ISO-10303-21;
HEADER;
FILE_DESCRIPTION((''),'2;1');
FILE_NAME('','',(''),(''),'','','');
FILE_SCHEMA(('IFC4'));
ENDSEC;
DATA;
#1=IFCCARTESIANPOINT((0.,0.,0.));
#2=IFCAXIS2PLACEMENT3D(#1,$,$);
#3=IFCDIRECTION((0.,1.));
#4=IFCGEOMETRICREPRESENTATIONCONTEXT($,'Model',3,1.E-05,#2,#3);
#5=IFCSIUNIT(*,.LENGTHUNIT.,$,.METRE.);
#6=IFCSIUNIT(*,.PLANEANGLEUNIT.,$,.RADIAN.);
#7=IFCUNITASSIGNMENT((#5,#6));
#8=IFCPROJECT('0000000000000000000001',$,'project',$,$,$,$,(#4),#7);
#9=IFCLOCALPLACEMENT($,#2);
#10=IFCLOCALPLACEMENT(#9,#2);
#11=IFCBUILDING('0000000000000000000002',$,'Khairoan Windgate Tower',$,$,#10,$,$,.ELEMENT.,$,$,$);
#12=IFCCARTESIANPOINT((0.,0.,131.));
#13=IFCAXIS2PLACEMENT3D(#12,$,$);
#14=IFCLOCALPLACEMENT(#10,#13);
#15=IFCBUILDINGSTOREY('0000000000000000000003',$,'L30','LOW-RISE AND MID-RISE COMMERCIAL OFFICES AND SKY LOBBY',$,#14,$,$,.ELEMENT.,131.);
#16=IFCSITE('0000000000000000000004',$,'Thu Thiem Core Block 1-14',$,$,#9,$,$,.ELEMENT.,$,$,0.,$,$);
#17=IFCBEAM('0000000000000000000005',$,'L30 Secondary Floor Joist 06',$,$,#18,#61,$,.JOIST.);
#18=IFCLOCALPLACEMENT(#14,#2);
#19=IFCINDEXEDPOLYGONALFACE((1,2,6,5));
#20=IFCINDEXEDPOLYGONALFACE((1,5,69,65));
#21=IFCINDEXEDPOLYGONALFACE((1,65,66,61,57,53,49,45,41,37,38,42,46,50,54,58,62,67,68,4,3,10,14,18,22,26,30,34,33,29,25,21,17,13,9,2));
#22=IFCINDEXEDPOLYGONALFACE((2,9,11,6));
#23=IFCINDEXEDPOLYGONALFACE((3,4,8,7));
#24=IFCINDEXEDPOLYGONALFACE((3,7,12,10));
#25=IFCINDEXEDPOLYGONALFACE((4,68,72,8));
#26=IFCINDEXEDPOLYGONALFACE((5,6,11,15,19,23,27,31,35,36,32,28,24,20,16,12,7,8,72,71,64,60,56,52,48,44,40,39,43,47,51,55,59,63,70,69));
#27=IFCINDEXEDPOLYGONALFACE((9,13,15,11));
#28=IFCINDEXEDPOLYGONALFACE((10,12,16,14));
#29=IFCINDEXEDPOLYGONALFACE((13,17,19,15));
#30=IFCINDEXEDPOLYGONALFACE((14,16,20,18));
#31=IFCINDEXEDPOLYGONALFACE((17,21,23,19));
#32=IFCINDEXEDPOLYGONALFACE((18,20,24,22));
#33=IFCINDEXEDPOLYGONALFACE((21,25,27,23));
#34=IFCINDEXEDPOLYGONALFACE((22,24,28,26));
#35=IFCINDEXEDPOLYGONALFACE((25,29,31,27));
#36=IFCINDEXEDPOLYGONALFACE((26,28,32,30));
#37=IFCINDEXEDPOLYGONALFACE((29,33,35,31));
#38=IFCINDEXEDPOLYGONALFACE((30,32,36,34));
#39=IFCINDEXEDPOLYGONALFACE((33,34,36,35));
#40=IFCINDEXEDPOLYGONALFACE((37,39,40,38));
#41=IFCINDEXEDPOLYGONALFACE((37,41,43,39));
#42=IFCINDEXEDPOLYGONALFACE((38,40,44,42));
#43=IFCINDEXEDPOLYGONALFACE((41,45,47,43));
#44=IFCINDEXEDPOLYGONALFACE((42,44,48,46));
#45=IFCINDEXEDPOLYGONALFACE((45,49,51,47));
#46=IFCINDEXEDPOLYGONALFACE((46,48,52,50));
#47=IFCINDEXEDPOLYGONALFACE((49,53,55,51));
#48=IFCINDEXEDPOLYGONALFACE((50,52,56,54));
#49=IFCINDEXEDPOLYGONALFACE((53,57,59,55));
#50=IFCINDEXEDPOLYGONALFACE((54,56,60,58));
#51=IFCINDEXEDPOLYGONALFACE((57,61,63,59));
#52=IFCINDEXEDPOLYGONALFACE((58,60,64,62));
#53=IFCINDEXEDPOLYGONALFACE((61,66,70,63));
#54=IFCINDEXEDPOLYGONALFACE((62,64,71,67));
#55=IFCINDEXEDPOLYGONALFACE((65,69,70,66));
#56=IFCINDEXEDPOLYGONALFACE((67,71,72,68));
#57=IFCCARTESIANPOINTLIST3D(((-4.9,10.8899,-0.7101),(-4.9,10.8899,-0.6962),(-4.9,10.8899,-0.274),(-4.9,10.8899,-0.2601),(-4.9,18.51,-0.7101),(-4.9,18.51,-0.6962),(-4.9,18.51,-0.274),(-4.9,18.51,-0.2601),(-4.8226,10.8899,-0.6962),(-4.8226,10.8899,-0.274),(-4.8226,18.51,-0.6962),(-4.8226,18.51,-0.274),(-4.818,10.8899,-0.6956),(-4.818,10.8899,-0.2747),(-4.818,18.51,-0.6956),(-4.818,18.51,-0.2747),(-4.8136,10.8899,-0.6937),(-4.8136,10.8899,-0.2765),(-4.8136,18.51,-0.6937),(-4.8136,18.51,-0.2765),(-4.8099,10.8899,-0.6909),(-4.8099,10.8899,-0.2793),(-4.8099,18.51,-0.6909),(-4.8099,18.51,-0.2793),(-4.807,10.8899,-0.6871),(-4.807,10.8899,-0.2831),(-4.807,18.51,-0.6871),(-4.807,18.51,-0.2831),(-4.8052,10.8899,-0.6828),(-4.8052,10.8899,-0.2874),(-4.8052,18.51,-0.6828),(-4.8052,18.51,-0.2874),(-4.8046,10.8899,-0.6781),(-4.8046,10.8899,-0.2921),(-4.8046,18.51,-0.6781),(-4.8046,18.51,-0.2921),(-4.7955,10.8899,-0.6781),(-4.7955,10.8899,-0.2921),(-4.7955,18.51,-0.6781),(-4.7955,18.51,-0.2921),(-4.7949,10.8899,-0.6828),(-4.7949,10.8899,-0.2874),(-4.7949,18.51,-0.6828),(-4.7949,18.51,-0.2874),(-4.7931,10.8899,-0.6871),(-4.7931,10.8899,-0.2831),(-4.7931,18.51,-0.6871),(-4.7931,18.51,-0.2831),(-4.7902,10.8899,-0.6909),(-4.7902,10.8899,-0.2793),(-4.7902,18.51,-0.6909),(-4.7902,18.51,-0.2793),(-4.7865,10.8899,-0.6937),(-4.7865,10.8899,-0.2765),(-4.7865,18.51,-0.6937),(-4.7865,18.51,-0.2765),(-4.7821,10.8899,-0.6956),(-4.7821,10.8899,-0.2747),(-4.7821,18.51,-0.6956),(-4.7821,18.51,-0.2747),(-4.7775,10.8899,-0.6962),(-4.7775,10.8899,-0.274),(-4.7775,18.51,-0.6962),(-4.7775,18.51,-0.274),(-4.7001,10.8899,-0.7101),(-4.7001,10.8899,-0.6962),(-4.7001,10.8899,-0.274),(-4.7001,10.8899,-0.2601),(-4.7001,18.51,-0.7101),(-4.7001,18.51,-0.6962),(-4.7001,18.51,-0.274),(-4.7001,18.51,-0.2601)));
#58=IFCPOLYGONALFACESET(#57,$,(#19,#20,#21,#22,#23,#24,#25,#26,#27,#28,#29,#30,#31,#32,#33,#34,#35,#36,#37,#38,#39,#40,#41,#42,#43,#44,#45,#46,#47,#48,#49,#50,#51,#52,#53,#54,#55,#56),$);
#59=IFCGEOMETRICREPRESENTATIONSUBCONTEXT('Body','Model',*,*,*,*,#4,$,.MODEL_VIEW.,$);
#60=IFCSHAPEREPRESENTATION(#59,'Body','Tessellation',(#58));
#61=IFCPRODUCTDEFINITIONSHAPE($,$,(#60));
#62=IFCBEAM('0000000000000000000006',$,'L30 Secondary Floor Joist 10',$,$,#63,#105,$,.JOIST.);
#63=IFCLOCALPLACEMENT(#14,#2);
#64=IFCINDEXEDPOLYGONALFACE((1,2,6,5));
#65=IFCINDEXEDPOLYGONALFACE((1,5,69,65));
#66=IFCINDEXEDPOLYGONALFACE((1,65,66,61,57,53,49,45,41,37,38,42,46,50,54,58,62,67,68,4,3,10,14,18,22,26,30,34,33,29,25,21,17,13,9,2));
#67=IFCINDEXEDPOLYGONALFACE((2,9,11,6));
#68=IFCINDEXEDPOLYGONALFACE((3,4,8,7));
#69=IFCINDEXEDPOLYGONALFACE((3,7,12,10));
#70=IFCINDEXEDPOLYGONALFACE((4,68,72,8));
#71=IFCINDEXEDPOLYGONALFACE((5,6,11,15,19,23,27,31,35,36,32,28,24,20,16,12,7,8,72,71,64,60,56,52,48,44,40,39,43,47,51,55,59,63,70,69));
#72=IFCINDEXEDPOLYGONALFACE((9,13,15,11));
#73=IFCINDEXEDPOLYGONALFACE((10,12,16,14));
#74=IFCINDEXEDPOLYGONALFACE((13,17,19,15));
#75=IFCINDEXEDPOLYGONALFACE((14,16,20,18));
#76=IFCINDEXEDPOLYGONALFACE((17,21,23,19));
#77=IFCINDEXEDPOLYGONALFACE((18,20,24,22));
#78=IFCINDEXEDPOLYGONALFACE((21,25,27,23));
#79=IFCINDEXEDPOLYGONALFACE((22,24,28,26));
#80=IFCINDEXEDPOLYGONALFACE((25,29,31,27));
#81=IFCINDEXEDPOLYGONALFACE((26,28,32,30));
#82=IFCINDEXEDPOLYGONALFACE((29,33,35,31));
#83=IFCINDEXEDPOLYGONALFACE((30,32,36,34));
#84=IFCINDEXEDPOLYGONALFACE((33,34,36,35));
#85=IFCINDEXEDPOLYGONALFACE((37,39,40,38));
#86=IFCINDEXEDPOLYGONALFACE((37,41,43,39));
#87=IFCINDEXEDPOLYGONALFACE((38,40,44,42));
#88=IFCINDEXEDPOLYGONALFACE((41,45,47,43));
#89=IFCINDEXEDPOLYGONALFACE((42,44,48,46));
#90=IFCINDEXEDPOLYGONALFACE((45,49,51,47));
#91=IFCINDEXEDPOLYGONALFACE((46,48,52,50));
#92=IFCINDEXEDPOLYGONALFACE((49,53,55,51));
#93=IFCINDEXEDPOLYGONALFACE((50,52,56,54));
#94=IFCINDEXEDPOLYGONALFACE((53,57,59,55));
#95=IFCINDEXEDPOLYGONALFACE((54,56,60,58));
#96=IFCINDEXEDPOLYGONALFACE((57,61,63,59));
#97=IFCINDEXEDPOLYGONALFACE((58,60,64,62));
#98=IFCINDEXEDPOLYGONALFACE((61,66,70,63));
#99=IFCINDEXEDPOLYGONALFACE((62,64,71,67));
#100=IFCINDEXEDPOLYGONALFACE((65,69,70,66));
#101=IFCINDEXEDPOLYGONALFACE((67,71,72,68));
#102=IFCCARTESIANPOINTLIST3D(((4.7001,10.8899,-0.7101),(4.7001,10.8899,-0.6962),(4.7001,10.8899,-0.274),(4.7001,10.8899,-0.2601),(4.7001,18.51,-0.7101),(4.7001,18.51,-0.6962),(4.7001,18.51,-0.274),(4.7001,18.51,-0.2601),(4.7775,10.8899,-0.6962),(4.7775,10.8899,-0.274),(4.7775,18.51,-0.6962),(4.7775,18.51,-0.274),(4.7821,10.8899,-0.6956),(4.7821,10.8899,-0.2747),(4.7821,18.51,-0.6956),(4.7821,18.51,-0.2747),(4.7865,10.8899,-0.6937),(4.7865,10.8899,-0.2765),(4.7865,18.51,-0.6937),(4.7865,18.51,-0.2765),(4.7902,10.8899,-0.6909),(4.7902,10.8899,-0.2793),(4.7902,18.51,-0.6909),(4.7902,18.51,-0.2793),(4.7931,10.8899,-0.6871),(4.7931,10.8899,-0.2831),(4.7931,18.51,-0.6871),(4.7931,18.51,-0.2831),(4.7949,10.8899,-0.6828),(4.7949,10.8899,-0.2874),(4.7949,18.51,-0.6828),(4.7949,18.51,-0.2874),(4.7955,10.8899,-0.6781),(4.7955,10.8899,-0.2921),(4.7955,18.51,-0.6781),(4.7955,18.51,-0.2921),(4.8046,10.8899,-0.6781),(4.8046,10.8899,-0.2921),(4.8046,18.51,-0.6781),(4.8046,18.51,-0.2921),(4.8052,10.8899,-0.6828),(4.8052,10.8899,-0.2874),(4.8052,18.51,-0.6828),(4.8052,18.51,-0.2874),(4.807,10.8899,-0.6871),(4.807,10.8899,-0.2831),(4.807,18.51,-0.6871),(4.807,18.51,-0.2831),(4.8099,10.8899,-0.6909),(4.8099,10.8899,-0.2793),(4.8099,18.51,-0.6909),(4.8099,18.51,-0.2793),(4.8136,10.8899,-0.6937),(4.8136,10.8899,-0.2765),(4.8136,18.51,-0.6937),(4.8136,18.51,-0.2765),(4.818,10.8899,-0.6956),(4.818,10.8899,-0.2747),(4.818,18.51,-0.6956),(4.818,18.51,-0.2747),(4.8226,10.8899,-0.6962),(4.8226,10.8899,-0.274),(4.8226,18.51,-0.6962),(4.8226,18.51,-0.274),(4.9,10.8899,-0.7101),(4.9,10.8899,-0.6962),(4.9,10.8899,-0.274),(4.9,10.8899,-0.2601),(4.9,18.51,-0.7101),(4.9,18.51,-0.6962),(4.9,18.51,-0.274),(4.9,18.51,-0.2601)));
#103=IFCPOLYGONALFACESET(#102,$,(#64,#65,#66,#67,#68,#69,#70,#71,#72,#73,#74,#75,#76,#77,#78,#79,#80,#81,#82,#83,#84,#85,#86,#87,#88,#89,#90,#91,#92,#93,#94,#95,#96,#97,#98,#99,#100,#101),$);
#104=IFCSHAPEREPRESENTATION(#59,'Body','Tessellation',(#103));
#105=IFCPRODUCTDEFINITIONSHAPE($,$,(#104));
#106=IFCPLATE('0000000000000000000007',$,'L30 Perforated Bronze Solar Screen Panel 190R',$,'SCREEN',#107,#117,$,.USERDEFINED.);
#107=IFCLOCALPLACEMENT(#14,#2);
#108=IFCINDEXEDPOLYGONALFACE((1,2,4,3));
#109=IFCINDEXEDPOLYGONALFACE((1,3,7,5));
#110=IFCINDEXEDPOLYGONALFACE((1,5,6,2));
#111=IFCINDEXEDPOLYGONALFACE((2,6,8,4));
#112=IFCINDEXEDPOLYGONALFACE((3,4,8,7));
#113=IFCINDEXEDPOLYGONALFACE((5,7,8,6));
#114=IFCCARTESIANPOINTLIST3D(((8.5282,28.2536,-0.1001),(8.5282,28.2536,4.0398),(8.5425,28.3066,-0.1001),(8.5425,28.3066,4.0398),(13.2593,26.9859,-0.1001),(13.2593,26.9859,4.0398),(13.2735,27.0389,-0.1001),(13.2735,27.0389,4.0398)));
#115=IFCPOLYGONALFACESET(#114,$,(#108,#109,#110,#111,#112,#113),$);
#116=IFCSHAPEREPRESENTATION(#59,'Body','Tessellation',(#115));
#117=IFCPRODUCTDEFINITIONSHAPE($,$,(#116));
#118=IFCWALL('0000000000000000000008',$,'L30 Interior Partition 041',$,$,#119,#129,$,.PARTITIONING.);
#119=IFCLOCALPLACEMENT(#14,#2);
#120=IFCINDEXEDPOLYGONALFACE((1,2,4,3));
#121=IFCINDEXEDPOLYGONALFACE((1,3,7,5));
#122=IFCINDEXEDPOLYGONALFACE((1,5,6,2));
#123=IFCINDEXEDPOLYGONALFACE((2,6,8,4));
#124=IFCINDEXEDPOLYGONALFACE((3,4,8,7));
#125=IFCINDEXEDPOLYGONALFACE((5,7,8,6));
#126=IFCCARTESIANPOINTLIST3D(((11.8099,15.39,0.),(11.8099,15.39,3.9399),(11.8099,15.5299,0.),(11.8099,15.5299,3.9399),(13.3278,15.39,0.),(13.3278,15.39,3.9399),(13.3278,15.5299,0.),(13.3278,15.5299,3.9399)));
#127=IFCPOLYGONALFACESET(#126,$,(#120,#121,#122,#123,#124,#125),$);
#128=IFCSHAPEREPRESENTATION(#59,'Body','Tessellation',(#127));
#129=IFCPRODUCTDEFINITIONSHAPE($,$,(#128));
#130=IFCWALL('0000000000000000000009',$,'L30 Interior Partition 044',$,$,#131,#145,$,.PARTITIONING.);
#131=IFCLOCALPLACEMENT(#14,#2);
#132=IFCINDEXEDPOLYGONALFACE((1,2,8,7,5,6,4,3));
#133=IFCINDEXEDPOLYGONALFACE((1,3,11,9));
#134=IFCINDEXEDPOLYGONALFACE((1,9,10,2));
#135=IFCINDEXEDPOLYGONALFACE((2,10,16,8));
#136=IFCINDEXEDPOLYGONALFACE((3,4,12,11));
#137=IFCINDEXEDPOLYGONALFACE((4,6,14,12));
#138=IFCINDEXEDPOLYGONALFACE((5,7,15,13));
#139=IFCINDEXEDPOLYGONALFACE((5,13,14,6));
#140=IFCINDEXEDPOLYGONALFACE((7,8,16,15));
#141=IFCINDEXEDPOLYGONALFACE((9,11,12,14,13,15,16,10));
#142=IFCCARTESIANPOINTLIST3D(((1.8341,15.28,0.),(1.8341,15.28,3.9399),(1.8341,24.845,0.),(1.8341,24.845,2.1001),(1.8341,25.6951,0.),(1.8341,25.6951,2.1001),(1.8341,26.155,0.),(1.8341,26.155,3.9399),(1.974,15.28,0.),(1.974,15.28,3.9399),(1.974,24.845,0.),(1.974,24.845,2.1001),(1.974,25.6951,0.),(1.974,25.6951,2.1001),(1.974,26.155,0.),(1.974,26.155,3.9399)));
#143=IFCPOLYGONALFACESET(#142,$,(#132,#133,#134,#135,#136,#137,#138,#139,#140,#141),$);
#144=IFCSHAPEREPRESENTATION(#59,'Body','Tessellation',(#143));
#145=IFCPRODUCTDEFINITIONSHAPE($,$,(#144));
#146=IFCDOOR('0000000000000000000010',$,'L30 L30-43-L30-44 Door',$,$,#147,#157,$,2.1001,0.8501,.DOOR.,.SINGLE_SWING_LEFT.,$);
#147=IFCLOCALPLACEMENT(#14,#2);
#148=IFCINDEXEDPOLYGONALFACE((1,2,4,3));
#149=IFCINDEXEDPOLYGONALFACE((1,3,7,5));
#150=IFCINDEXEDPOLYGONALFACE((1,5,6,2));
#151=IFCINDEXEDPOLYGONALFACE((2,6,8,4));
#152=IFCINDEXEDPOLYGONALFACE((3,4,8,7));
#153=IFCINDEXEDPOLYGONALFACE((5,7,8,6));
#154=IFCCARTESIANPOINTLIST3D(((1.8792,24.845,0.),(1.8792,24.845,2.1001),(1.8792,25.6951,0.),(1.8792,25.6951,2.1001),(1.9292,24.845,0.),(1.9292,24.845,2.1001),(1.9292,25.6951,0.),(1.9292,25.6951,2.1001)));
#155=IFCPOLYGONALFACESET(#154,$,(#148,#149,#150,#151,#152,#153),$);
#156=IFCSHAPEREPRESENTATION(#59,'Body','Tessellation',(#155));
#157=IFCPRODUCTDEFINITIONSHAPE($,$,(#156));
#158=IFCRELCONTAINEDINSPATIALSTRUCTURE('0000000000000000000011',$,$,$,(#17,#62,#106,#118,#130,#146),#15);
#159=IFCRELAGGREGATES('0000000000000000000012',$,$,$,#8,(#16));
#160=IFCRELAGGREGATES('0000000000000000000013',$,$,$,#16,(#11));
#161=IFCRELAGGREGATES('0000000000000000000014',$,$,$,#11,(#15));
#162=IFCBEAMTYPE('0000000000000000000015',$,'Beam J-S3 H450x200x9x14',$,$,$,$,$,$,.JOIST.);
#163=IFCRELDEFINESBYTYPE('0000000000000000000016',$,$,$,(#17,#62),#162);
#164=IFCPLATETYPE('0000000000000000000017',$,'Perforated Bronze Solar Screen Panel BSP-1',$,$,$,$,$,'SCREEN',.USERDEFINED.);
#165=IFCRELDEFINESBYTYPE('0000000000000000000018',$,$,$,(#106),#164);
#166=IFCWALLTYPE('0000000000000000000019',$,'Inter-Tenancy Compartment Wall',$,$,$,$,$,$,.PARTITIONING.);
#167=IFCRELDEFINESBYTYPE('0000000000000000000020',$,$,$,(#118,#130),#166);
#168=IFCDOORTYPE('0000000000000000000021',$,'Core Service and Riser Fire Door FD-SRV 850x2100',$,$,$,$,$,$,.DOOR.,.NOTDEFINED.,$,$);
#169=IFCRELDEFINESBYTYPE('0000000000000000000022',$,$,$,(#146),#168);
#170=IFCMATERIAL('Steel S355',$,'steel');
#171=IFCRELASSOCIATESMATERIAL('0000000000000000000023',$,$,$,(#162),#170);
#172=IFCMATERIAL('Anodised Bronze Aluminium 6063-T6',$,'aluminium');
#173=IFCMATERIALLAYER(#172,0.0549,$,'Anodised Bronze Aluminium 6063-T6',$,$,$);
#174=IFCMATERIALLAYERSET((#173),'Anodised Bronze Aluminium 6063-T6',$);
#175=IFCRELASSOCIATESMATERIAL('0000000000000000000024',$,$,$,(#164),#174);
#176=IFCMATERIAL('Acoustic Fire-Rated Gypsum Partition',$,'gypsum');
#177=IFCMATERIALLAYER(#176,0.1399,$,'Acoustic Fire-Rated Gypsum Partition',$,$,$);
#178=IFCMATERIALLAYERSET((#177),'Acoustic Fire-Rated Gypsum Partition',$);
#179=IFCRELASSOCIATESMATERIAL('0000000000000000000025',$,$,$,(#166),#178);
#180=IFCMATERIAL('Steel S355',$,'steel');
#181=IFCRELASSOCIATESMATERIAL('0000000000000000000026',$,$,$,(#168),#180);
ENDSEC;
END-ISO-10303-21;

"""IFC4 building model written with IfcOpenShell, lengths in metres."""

from ifc_helpers import new_model, si_unit, direction, frame, frame_2d, origin, origin_2d, place, context, subcontext, project, spatial, rectangle, i_section, extrude, material, layer, layer_set, material_profile, profile_set, type_object, element, fill, save


model = new_model("IFC4")

# Units and contexts
model_context = context("Model", 3, precision=1e-05, world=origin(), true_north=direction((0.0, 1.0)))
body_context = subcontext(model_context, "Body", "Model", "MODEL_VIEW")
ifc_project = project(units=[si_unit("LENGTHUNIT", "METRE"), si_unit("PLANEANGLEUNIT", "RADIAN")], contexts=[model_context])

# Site, building, storey
site_placement = place(None, origin())
site = spatial("IfcSite", under=ifc_project, at=site_placement, Name="Thu Thiem Core Block 1-14", CompositionType="ELEMENT", RefElevation=0.0)
building_placement = place(site_placement, origin())
building = spatial("IfcBuilding", under=site, at=building_placement, Name="Khairoan Windgate Tower", CompositionType="ELEMENT")
storey_placement = place(building_placement, frame((0.0, 0.0, 131.0)))
storey = spatial("IfcBuildingStorey", under=building, at=storey_placement, Name="L30", Description="LOW-RISE AND MID-RISE COMMERCIAL OFFICES AND SKY LOBBY", CompositionType="ELEMENT", Elevation=131.0)

# Beams
ifc_material_1 = material(Name="Steel S355", Category="steel")
ifc_material_profile_1 = material_profile(ifc_material_1, i_section(OverallWidth=0.2, OverallDepth=0.45, WebThickness=0.009, FlangeThickness=0.0139, FilletRadius=0.0181, at=origin_2d()))
ifc_profile_set_1 = profile_set([ifc_material_profile_1], Name="Steel S355")
beam_type_1 = type_object("IfcBeamType", Name="Beam J-S3 H450x200x9x14", PredefinedType="JOIST", material=ifc_profile_set_1)
for number, where, z_axis, x_axis, name in (
    (1, (-4.8, 10.8899, -0.4851), (0.0, 1.0, 0.0), (-1.0, 0.0, 0.0), "L30 Secondary Floor Joist 06"),
    (2, (4.8, 10.8899, -0.4851), (0.0, 1.0, 0.0), (-1.0, 0.0, 0.0), "L30 Secondary Floor Joist 10"),
):
    element("IfcBeam", number, at=place(storey_placement, frame(where, z_axis=z_axis, x_axis=x_axis)), inside=storey, type_object=beam_type_1, Name=name, PredefinedType="JOIST", context=body_context, shape_type="SweptSolid", body=[
        extrude(i_section(OverallWidth=0.2, OverallDepth=0.45, WebThickness=0.009, FlangeThickness=0.0139, FilletRadius=0.0181, at=origin_2d()), origin(), (0.0, 0.0, 1.0), 7.6201),
    ])

# Plate
ifc_material_2 = material(Name="Anodised Bronze Aluminium 6063-T6", Category="aluminium")
ifc_layer_1 = layer(ifc_material_2, 0.0549, Name="Anodised Bronze Aluminium 6063-T6")
ifc_layer_set_1 = layer_set([ifc_layer_1], Name="Anodised Bronze Aluminium 6063-T6")
plate_type = type_object("IfcPlateType", Name="Perforated Bronze Solar Screen Panel BSP-1", ElementType="SCREEN", PredefinedType="USERDEFINED", material=ifc_layer_set_1)
plate_placement = place(storey_placement, frame((10.9009, 27.6462, -0.1001), z_axis=(0.0, 0.0, 1.0), x_axis=(0.965926, -0.258819, 0.0)))
element("IfcPlate", 3, at=plate_placement, inside=storey, type_object=plate_type, Name="L30 Perforated Bronze Solar Screen Panel 190R", ObjectType="SCREEN", PredefinedType="USERDEFINED", context=body_context, shape_type="SweptSolid", body=[
    extrude(rectangle(XDim=4.8979, YDim=0.0549, at=origin_2d()), origin(), (0.0, 0.0, 1.0), 4.1399),
])

# Wall
ifc_material_3 = material(Name="Acoustic Fire-Rated Gypsum Partition", Category="gypsum")
ifc_layer_2 = layer(ifc_material_3, 0.1399, Name="Acoustic Fire-Rated Gypsum Partition")
ifc_layer_set_2 = layer_set([ifc_layer_2], Name="Acoustic Fire-Rated Gypsum Partition")
wall_type_1 = type_object("IfcWallType", Name="Inter-Tenancy Compartment Wall", PredefinedType="PARTITIONING", material=ifc_layer_set_2)
wall_1_placement = place(storey_placement, frame((11.8101, 15.46, 0.0), z_axis=(0.0, 0.0, 1.0), x_axis=(1.0, 0.0, 0.0)))
element("IfcWall", 4, at=wall_1_placement, inside=storey, type_object=wall_type_1, Name="L30 Interior Partition 041", PredefinedType="PARTITIONING", context=body_context, shape_type="SweptSolid", body=[
    extrude(rectangle(XDim=1.5178, YDim=0.1399, at=frame_2d((0.7588, 0.0))), origin(), (0.0, 0.0, 1.0), 3.9399),
])

# Wall, opening, door
wall_2_placement = place(storey_placement, frame((1.9041, 15.28, 0.0), z_axis=(0.0, 0.0, 1.0), x_axis=(0.0, 1.0, 0.0)))
wall_2 = element("IfcWall", 5, at=wall_2_placement, inside=storey, type_object=wall_type_1, Name="L30 Interior Partition 044", PredefinedType="PARTITIONING", context=body_context, shape_type="SweptSolid", body=[
    extrude(rectangle(XDim=10.875, YDim=0.1399, at=frame_2d((5.4375, 0.0))), origin(), (0.0, 0.0, 1.0), 3.9399),
])
opening_1_placement = place(wall_2_placement, frame((9.5649, 0.0, 0.0)))
opening_1 = element("IfcOpeningElement", 6, at=opening_1_placement, cuts=wall_2, PredefinedType="OPENING", context=body_context, shape_type="SweptSolid", body=[
    extrude(rectangle(XDim=0.8501, YDim=2.1001, at=frame_2d((0.425, 1.05))), frame((0.0, 0.0798, 0.0), z_axis=(0.0, -1.0, 0.0), x_axis=(1.0, 0.0, 0.0)), (0.0, 0.0, 1.0), 0.1599),
])
ifc_material_4 = material(Name="Steel S355", Category="steel")
door_type_1 = type_object("IfcDoorType", Name="Core Service and Riser Fire Door FD-SRV 850x2100", OperationType="NOTDEFINED", PredefinedType="DOOR", material=ifc_material_4)
door_1_placement = place(opening_1_placement, origin())
door_1 = element("IfcDoor", 7, at=door_1_placement, inside=storey, type_object=door_type_1, Name="L30 L30-43-L30-44 Door", OperationType="SINGLE_SWING_LEFT", OverallHeight=2.1001, OverallWidth=0.8501, PredefinedType="DOOR", context=body_context, shape_type="SweptSolid", body=[
    extrude(rectangle(XDim=0.8501, YDim=2.1001, at=frame_2d((0.425, 1.05))), frame((0.0, 0.0249, 0.0), z_axis=(0.0, -1.0, 0.0), x_axis=(1.0, 0.0, 0.0)), (0.0, 0.0, 1.0), 0.05),
])
fill(opening_1, door_1)

save(model, "model.ifc")
